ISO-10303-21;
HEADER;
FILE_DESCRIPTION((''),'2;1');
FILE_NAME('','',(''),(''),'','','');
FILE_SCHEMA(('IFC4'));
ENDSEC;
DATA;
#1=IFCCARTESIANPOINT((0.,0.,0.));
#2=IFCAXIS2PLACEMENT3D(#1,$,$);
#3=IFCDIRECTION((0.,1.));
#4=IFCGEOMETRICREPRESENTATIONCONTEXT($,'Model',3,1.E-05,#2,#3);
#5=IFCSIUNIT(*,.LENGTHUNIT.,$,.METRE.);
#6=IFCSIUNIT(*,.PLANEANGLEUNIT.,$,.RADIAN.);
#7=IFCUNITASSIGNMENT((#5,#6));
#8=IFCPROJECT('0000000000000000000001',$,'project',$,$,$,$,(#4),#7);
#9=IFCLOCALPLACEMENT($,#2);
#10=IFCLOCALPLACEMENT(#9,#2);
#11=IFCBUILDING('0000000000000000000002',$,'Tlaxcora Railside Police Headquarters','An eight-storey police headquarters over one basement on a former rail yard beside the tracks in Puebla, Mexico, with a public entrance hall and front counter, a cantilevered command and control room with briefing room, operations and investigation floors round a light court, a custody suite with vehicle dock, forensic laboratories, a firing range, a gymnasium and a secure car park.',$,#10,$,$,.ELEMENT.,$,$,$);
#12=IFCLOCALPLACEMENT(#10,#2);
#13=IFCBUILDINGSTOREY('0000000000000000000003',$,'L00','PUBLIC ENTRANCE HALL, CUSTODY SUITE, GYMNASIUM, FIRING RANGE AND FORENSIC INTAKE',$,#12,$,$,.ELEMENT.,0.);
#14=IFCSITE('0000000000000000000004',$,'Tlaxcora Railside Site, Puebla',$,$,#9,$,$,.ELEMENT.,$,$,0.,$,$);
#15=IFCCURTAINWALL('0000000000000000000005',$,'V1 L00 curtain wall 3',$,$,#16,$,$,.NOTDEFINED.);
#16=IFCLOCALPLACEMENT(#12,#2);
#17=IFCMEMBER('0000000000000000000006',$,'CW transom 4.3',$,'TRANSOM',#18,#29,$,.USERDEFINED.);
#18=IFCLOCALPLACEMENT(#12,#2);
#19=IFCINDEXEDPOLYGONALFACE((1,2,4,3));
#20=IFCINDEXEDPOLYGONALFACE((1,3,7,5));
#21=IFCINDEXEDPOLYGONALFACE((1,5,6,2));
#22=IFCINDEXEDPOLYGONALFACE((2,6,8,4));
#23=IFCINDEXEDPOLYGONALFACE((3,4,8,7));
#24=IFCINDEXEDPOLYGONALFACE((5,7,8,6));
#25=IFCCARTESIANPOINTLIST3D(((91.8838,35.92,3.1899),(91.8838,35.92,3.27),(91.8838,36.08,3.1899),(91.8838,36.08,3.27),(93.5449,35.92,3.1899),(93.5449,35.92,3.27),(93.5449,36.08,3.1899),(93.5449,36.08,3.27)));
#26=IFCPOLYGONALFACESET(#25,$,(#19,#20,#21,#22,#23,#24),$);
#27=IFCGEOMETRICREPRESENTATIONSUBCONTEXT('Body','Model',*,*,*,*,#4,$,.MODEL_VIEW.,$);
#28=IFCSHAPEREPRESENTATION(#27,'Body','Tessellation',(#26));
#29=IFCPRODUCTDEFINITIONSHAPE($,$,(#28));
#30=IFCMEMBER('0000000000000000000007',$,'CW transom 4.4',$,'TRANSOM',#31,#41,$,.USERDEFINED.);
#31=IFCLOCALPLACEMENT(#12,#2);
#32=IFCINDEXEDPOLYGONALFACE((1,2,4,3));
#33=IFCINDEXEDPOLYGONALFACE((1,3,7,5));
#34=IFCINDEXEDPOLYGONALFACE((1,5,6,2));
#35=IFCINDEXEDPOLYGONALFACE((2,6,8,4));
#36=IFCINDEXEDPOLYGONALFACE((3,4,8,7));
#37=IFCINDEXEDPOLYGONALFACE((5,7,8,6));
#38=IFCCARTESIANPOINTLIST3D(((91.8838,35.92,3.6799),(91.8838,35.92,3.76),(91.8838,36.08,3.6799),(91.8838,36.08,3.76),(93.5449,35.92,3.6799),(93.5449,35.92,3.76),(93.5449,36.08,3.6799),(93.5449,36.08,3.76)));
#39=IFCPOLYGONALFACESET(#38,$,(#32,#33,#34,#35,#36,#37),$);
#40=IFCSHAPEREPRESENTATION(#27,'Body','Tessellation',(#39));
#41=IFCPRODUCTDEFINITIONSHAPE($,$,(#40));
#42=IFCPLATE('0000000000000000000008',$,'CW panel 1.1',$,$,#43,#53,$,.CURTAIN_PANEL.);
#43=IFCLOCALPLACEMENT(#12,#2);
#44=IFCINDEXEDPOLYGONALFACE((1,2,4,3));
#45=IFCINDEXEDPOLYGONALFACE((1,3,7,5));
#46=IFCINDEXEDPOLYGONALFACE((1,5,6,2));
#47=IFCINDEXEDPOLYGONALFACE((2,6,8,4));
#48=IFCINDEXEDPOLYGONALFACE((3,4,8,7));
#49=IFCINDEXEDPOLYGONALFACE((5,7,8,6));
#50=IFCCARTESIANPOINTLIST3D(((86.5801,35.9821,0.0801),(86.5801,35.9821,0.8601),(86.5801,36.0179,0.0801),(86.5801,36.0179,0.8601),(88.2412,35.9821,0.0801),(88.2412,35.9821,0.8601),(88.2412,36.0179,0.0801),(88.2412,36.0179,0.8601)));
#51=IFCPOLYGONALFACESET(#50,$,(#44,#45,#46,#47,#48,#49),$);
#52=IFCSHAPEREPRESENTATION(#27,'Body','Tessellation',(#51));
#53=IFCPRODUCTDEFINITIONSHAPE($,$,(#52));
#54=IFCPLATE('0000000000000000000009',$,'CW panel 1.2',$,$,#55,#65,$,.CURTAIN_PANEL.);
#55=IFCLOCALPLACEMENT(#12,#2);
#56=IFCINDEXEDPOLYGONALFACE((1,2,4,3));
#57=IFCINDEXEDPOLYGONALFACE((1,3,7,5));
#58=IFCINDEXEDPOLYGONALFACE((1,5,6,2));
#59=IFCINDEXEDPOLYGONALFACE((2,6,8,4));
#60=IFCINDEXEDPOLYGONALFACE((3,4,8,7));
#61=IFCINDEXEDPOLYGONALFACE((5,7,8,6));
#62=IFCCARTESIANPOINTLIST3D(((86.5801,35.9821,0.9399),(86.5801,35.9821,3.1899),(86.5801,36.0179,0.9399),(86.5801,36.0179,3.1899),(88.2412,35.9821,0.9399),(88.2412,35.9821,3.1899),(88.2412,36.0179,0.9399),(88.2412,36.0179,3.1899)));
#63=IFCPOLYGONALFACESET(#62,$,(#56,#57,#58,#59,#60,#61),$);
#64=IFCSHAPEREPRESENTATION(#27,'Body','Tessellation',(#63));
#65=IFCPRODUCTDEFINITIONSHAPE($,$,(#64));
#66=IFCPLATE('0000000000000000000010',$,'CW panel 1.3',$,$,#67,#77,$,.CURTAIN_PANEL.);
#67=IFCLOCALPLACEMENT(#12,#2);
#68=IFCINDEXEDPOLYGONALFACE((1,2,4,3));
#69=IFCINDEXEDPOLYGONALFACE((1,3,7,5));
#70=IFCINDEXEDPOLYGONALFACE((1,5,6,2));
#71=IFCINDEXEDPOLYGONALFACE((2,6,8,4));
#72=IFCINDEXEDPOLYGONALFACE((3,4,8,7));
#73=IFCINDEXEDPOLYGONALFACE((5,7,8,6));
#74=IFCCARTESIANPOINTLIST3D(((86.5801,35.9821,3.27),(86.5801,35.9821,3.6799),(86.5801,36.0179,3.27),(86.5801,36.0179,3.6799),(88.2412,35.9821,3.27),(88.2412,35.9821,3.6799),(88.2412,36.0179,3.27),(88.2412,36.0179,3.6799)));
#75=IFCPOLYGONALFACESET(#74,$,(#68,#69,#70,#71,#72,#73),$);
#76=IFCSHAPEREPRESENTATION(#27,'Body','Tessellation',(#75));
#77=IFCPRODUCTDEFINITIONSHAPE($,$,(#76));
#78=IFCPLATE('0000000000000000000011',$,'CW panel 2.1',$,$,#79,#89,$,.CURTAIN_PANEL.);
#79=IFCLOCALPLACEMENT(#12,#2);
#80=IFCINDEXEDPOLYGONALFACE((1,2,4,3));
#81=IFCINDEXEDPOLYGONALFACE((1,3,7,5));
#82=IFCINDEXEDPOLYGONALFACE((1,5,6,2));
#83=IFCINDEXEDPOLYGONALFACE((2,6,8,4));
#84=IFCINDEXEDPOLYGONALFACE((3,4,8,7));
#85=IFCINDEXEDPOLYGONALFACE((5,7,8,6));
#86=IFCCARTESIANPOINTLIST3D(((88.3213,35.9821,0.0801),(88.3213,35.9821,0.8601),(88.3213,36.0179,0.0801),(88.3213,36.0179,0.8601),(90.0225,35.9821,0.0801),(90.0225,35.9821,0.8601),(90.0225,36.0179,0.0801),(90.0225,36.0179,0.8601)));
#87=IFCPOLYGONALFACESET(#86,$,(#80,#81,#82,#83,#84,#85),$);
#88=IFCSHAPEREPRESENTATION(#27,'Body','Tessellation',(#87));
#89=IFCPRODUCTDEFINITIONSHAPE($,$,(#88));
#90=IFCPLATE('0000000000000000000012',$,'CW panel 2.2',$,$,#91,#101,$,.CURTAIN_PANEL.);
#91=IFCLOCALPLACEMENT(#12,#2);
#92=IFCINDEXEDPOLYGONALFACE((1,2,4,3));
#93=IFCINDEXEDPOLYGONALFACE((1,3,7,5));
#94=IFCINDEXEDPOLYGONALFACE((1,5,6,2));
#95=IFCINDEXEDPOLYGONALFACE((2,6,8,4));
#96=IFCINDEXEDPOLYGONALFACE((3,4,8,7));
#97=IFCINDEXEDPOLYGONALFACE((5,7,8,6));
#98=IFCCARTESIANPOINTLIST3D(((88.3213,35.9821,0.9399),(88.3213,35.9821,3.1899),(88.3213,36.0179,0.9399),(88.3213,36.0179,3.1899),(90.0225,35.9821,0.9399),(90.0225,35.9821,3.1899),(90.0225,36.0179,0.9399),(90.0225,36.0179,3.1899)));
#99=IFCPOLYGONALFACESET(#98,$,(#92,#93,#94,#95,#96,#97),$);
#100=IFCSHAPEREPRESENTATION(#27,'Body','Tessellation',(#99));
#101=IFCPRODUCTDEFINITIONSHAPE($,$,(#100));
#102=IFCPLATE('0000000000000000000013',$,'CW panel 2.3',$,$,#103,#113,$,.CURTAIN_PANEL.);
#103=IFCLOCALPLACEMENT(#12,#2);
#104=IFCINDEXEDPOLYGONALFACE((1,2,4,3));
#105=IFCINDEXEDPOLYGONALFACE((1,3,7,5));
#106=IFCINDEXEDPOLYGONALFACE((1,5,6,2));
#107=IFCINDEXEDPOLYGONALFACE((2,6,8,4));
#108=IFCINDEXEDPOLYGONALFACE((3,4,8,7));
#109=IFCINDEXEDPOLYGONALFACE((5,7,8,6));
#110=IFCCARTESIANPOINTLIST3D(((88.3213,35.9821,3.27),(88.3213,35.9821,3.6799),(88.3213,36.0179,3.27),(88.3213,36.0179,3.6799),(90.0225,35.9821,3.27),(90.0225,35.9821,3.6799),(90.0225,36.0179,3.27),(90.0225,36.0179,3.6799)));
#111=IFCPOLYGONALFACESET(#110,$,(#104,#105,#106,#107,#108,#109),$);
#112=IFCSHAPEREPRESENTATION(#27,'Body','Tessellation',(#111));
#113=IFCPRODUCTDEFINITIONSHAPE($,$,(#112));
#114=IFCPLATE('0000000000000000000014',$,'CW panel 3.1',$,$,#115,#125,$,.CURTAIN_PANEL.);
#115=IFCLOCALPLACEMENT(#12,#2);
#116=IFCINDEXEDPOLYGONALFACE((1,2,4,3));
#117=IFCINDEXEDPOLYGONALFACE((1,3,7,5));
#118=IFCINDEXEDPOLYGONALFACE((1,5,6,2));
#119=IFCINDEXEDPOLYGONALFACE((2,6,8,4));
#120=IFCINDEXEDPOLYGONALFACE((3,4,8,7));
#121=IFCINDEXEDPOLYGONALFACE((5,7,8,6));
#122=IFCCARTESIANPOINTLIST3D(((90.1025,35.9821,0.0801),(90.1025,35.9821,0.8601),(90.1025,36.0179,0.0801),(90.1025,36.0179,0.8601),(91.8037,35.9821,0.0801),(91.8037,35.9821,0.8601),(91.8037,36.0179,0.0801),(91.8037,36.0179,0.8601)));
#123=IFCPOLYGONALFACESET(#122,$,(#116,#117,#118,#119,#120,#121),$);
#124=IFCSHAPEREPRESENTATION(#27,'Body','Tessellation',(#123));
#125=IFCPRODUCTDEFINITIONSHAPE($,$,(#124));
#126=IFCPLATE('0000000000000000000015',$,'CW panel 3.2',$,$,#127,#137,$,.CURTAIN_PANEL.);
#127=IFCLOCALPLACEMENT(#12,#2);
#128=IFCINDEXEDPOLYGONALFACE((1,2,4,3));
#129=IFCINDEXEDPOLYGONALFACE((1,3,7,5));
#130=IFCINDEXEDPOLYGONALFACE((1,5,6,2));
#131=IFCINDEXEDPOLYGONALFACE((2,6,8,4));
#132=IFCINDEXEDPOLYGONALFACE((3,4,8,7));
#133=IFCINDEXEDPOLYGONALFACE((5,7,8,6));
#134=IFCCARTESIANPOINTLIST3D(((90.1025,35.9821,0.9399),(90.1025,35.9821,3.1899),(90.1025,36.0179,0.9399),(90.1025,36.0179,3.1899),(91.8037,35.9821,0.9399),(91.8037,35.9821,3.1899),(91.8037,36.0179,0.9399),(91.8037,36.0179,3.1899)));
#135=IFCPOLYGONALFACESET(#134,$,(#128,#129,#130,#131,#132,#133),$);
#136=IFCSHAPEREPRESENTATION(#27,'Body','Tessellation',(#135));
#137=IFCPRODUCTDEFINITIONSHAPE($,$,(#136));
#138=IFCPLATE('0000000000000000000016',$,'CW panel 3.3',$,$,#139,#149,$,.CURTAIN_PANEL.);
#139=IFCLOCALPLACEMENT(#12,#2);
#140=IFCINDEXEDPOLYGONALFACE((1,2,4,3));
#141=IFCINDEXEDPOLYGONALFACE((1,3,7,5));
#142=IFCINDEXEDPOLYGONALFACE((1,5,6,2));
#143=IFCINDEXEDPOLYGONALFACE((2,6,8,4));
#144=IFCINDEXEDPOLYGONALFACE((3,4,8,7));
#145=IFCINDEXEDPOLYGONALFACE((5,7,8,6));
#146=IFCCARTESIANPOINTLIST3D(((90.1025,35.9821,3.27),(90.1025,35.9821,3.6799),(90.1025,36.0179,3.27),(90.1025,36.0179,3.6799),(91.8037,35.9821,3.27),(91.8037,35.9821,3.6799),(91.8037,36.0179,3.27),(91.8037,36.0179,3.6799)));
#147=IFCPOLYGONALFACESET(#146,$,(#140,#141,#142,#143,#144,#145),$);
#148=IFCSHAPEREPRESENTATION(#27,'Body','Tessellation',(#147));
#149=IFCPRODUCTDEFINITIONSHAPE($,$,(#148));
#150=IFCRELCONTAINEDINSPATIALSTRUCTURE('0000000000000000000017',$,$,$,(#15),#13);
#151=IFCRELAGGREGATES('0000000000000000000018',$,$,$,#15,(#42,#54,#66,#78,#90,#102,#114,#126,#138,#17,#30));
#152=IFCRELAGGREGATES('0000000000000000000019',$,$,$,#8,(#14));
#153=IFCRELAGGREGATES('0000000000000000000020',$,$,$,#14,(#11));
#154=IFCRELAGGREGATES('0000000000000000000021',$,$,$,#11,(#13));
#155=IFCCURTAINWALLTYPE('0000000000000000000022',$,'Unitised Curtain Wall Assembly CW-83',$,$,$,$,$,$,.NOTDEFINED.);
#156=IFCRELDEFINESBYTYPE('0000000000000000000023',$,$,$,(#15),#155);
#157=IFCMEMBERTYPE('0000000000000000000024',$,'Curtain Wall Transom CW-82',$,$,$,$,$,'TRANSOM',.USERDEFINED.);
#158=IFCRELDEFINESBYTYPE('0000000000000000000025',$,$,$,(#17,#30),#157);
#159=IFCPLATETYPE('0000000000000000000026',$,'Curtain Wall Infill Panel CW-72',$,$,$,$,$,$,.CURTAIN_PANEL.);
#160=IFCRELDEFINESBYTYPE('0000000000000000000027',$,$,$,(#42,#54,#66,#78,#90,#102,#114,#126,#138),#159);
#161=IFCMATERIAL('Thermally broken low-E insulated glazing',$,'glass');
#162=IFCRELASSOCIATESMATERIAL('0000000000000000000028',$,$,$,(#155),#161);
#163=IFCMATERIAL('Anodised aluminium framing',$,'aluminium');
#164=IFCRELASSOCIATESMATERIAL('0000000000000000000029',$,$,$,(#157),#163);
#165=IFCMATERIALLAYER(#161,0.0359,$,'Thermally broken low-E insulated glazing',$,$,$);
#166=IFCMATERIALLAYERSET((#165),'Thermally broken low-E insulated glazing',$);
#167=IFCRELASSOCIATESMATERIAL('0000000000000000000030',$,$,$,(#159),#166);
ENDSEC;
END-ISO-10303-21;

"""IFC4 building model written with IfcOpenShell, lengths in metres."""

from ifc_helpers import new_model, si_unit, direction, frame, origin, origin_2d, place, context, subcontext, project, spatial, rectangle, extrude, material, layer, layer_set, material_profile, profile_set, type_object, element, aggregate, save


model = new_model("IFC4")

# Units and contexts
model_context = context("Model", 3, precision=1e-05, world=origin(), true_north=direction((0.0, 1.0)))
body_context = subcontext(model_context, "Body", "Model", "MODEL_VIEW")
ifc_project = project(units=[si_unit("LENGTHUNIT", "METRE"), si_unit("PLANEANGLEUNIT", "RADIAN")], contexts=[model_context])

# Site, building, storey
site_placement = place(None, origin())
site = spatial("IfcSite", under=ifc_project, at=site_placement, Name="Tlaxcora Railside Site, Puebla", CompositionType="ELEMENT", RefElevation=0.0)
building_placement = place(site_placement, origin())
building = spatial("IfcBuilding", under=site, at=building_placement, Name="Tlaxcora Railside Police Headquarters", Description="An eight-storey police headquarters over one basement on a former rail yard beside the tracks in Puebla, Mexico, with a public entrance hall and front counter, a cantilevered command and control room with briefing room, operations and investigation floors round a light court, a custody suite with vehicle dock, forensic laboratories, a firing range, a gymnasium and a secure car park.", CompositionType="ELEMENT")
storey_placement = place(building_placement, origin())
storey = spatial("IfcBuildingStorey", under=building, at=storey_placement, Name="L00", Description="PUBLIC ENTRANCE HALL, CUSTODY SUITE, GYMNASIUM, FIRING RANGE AND FORENSIC INTAKE", CompositionType="ELEMENT", Elevation=0.0)

# Curtain wall, members, plates
ifc_material_1 = material(Name="Thermally broken low-E insulated glazing", Category="glass")
curtain_wall_type = type_object("IfcCurtainWallType", Name="Unitised Curtain Wall Assembly CW-83", PredefinedType="NOTDEFINED", material=ifc_material_1)
curtain_wall_placement = place(storey_placement, origin())
curtain_wall = element("IfcCurtainWall", 1, at=curtain_wall_placement, inside=storey, type_object=curtain_wall_type, Name="V1 L00 curtain wall 3", PredefinedType="NOTDEFINED")
ifc_material_2 = material(Name="Anodised aluminium framing", Category="aluminium")
ifc_material_profile_1 = material_profile(ifc_material_2, rectangle(XDim=0.1599, YDim=0.0801, at=origin_2d()), Name="AL80X160")
ifc_profile_set_1 = profile_set([ifc_material_profile_1], Name="Anodised aluminium framing")
member_type_1 = type_object("IfcMemberType", Name="Curtain Wall Transom CW-82", ElementType="TRANSOM", PredefinedType="USERDEFINED", material=ifc_profile_set_1)
member_1_placement = place(storey_placement, frame((91.8838, 36.0, 3.23), z_axis=(1.0, 0.0, 0.0), x_axis=(0.0, 1.0, 0.0)))
member_1 = element("IfcMember", 2, at=member_1_placement, type_object=member_type_1, Name="CW transom 4.3", ObjectType="TRANSOM", PredefinedType="USERDEFINED", context=body_context, shape_type="SweptSolid", body=[
    extrude(rectangle(XDim=0.1599, YDim=0.0801, at=origin_2d()), origin(), (0.0, 0.0, 1.0), 1.6611),
])
member_2_placement = place(storey_placement, frame((91.8838, 36.0, 3.72), z_axis=(1.0, 0.0, 0.0), x_axis=(0.0, 1.0, 0.0)))
member_2 = element("IfcMember", 3, at=member_2_placement, type_object=member_type_1, Name="CW transom 4.4", ObjectType="TRANSOM", PredefinedType="USERDEFINED", context=body_context, shape_type="SweptSolid", body=[
    extrude(rectangle(XDim=0.1599, YDim=0.0801, at=origin_2d()), origin(), (0.0, 0.0, 1.0), 1.6611),
])
ifc_layer = layer(ifc_material_1, 0.0359, Name="Thermally broken low-E insulated glazing")
ifc_layer_set = layer_set([ifc_layer], Name="Thermally broken low-E insulated glazing")
plate_type = type_object("IfcPlateType", Name="Curtain Wall Infill Panel CW-72", PredefinedType="CURTAIN_PANEL", material=ifc_layer_set)
plate_1_placement = place(storey_placement, frame((87.4106, 36.0, 0.0801), z_axis=(0.0, 0.0, 1.0), x_axis=(1.0, 0.0, 0.0)))
plate_1 = element("IfcPlate", 4, at=plate_1_placement, type_object=plate_type, Name="CW panel 1.1", PredefinedType="CURTAIN_PANEL", context=body_context, shape_type="SweptSolid", body=[
    extrude(rectangle(XDim=1.6611, YDim=0.0359, at=origin_2d()), origin(), (0.0, 0.0, 1.0), 0.78),
])
plate_2_placement = place(storey_placement, frame((87.4106, 36.0, 0.9399), z_axis=(0.0, 0.0, 1.0), x_axis=(1.0, 0.0, 0.0)))
plate_2 = element("IfcPlate", 5, at=plate_2_placement, type_object=plate_type, Name="CW panel 1.2", PredefinedType="CURTAIN_PANEL", context=body_context, shape_type="SweptSolid", body=[
    extrude(rectangle(XDim=1.6611, YDim=0.0359, at=origin_2d()), origin(), (0.0, 0.0, 1.0), 2.25),
])
plate_3_placement = place(storey_placement, frame((87.4106, 36.0, 3.27), z_axis=(0.0, 0.0, 1.0), x_axis=(1.0, 0.0, 0.0)))
plate_3 = element("IfcPlate", 6, at=plate_3_placement, type_object=plate_type, Name="CW panel 1.3", PredefinedType="CURTAIN_PANEL", context=body_context, shape_type="SweptSolid", body=[
    extrude(rectangle(XDim=1.6611, YDim=0.0359, at=origin_2d()), origin(), (0.0, 0.0, 1.0), 0.4099),
])
plate_4_placement = place(storey_placement, frame((89.1719, 36.0, 0.0801), z_axis=(0.0, 0.0, 1.0), x_axis=(1.0, 0.0, 0.0)))
plate_4 = element("IfcPlate", 7, at=plate_4_placement, type_object=plate_type, Name="CW panel 2.1", PredefinedType="CURTAIN_PANEL", context=body_context, shape_type="SweptSolid", body=[
    extrude(rectangle(XDim=1.7012, YDim=0.0359, at=origin_2d()), origin(), (0.0, 0.0, 1.0), 0.78),
])
plate_5_placement = place(storey_placement, frame((89.1719, 36.0, 0.9399), z_axis=(0.0, 0.0, 1.0), x_axis=(1.0, 0.0, 0.0)))
plate_5 = element("IfcPlate", 8, at=plate_5_placement, type_object=plate_type, Name="CW panel 2.2", PredefinedType="CURTAIN_PANEL", context=body_context, shape_type="SweptSolid", body=[
    extrude(rectangle(XDim=1.7012, YDim=0.0359, at=origin_2d()), origin(), (0.0, 0.0, 1.0), 2.25),
])
plate_6_placement = place(storey_placement, frame((89.1719, 36.0, 3.27), z_axis=(0.0, 0.0, 1.0), x_axis=(1.0, 0.0, 0.0)))
plate_6 = element("IfcPlate", 9, at=plate_6_placement, type_object=plate_type, Name="CW panel 2.3", PredefinedType="CURTAIN_PANEL", context=body_context, shape_type="SweptSolid", body=[
    extrude(rectangle(XDim=1.7012, YDim=0.0359, at=origin_2d()), origin(), (0.0, 0.0, 1.0), 0.4099),
])
plate_7_placement = place(storey_placement, frame((90.9531, 36.0, 0.0801), z_axis=(0.0, 0.0, 1.0), x_axis=(1.0, 0.0, 0.0)))
plate_7 = element("IfcPlate", 10, at=plate_7_placement, type_object=plate_type, Name="CW panel 3.1", PredefinedType="CURTAIN_PANEL", context=body_context, shape_type="SweptSolid", body=[
    extrude(rectangle(XDim=1.7012, YDim=0.0359, at=origin_2d()), origin(), (0.0, 0.0, 1.0), 0.78),
])
plate_8_placement = place(storey_placement, frame((90.9531, 36.0, 0.9399), z_axis=(0.0, 0.0, 1.0), x_axis=(1.0, 0.0, 0.0)))
plate_8 = element("IfcPlate", 11, at=plate_8_placement, type_object=plate_type, Name="CW panel 3.2", PredefinedType="CURTAIN_PANEL", context=body_context, shape_type="SweptSolid", body=[
    extrude(rectangle(XDim=1.7012, YDim=0.0359, at=origin_2d()), origin(), (0.0, 0.0, 1.0), 2.25),
])
plate_9_placement = place(storey_placement, frame((90.9531, 36.0, 3.27), z_axis=(0.0, 0.0, 1.0), x_axis=(1.0, 0.0, 0.0)))
plate_9 = element("IfcPlate", 12, at=plate_9_placement, type_object=plate_type, Name="CW panel 3.3", PredefinedType="CURTAIN_PANEL", context=body_context, shape_type="SweptSolid", body=[
    extrude(rectangle(XDim=1.7012, YDim=0.0359, at=origin_2d()), origin(), (0.0, 0.0, 1.0), 0.4099),
])
aggregate(curtain_wall, [plate_1, plate_2, plate_3, plate_4, plate_5, plate_6, plate_7, plate_8, plate_9, member_1, member_2])

save(model, "model.ifc")
